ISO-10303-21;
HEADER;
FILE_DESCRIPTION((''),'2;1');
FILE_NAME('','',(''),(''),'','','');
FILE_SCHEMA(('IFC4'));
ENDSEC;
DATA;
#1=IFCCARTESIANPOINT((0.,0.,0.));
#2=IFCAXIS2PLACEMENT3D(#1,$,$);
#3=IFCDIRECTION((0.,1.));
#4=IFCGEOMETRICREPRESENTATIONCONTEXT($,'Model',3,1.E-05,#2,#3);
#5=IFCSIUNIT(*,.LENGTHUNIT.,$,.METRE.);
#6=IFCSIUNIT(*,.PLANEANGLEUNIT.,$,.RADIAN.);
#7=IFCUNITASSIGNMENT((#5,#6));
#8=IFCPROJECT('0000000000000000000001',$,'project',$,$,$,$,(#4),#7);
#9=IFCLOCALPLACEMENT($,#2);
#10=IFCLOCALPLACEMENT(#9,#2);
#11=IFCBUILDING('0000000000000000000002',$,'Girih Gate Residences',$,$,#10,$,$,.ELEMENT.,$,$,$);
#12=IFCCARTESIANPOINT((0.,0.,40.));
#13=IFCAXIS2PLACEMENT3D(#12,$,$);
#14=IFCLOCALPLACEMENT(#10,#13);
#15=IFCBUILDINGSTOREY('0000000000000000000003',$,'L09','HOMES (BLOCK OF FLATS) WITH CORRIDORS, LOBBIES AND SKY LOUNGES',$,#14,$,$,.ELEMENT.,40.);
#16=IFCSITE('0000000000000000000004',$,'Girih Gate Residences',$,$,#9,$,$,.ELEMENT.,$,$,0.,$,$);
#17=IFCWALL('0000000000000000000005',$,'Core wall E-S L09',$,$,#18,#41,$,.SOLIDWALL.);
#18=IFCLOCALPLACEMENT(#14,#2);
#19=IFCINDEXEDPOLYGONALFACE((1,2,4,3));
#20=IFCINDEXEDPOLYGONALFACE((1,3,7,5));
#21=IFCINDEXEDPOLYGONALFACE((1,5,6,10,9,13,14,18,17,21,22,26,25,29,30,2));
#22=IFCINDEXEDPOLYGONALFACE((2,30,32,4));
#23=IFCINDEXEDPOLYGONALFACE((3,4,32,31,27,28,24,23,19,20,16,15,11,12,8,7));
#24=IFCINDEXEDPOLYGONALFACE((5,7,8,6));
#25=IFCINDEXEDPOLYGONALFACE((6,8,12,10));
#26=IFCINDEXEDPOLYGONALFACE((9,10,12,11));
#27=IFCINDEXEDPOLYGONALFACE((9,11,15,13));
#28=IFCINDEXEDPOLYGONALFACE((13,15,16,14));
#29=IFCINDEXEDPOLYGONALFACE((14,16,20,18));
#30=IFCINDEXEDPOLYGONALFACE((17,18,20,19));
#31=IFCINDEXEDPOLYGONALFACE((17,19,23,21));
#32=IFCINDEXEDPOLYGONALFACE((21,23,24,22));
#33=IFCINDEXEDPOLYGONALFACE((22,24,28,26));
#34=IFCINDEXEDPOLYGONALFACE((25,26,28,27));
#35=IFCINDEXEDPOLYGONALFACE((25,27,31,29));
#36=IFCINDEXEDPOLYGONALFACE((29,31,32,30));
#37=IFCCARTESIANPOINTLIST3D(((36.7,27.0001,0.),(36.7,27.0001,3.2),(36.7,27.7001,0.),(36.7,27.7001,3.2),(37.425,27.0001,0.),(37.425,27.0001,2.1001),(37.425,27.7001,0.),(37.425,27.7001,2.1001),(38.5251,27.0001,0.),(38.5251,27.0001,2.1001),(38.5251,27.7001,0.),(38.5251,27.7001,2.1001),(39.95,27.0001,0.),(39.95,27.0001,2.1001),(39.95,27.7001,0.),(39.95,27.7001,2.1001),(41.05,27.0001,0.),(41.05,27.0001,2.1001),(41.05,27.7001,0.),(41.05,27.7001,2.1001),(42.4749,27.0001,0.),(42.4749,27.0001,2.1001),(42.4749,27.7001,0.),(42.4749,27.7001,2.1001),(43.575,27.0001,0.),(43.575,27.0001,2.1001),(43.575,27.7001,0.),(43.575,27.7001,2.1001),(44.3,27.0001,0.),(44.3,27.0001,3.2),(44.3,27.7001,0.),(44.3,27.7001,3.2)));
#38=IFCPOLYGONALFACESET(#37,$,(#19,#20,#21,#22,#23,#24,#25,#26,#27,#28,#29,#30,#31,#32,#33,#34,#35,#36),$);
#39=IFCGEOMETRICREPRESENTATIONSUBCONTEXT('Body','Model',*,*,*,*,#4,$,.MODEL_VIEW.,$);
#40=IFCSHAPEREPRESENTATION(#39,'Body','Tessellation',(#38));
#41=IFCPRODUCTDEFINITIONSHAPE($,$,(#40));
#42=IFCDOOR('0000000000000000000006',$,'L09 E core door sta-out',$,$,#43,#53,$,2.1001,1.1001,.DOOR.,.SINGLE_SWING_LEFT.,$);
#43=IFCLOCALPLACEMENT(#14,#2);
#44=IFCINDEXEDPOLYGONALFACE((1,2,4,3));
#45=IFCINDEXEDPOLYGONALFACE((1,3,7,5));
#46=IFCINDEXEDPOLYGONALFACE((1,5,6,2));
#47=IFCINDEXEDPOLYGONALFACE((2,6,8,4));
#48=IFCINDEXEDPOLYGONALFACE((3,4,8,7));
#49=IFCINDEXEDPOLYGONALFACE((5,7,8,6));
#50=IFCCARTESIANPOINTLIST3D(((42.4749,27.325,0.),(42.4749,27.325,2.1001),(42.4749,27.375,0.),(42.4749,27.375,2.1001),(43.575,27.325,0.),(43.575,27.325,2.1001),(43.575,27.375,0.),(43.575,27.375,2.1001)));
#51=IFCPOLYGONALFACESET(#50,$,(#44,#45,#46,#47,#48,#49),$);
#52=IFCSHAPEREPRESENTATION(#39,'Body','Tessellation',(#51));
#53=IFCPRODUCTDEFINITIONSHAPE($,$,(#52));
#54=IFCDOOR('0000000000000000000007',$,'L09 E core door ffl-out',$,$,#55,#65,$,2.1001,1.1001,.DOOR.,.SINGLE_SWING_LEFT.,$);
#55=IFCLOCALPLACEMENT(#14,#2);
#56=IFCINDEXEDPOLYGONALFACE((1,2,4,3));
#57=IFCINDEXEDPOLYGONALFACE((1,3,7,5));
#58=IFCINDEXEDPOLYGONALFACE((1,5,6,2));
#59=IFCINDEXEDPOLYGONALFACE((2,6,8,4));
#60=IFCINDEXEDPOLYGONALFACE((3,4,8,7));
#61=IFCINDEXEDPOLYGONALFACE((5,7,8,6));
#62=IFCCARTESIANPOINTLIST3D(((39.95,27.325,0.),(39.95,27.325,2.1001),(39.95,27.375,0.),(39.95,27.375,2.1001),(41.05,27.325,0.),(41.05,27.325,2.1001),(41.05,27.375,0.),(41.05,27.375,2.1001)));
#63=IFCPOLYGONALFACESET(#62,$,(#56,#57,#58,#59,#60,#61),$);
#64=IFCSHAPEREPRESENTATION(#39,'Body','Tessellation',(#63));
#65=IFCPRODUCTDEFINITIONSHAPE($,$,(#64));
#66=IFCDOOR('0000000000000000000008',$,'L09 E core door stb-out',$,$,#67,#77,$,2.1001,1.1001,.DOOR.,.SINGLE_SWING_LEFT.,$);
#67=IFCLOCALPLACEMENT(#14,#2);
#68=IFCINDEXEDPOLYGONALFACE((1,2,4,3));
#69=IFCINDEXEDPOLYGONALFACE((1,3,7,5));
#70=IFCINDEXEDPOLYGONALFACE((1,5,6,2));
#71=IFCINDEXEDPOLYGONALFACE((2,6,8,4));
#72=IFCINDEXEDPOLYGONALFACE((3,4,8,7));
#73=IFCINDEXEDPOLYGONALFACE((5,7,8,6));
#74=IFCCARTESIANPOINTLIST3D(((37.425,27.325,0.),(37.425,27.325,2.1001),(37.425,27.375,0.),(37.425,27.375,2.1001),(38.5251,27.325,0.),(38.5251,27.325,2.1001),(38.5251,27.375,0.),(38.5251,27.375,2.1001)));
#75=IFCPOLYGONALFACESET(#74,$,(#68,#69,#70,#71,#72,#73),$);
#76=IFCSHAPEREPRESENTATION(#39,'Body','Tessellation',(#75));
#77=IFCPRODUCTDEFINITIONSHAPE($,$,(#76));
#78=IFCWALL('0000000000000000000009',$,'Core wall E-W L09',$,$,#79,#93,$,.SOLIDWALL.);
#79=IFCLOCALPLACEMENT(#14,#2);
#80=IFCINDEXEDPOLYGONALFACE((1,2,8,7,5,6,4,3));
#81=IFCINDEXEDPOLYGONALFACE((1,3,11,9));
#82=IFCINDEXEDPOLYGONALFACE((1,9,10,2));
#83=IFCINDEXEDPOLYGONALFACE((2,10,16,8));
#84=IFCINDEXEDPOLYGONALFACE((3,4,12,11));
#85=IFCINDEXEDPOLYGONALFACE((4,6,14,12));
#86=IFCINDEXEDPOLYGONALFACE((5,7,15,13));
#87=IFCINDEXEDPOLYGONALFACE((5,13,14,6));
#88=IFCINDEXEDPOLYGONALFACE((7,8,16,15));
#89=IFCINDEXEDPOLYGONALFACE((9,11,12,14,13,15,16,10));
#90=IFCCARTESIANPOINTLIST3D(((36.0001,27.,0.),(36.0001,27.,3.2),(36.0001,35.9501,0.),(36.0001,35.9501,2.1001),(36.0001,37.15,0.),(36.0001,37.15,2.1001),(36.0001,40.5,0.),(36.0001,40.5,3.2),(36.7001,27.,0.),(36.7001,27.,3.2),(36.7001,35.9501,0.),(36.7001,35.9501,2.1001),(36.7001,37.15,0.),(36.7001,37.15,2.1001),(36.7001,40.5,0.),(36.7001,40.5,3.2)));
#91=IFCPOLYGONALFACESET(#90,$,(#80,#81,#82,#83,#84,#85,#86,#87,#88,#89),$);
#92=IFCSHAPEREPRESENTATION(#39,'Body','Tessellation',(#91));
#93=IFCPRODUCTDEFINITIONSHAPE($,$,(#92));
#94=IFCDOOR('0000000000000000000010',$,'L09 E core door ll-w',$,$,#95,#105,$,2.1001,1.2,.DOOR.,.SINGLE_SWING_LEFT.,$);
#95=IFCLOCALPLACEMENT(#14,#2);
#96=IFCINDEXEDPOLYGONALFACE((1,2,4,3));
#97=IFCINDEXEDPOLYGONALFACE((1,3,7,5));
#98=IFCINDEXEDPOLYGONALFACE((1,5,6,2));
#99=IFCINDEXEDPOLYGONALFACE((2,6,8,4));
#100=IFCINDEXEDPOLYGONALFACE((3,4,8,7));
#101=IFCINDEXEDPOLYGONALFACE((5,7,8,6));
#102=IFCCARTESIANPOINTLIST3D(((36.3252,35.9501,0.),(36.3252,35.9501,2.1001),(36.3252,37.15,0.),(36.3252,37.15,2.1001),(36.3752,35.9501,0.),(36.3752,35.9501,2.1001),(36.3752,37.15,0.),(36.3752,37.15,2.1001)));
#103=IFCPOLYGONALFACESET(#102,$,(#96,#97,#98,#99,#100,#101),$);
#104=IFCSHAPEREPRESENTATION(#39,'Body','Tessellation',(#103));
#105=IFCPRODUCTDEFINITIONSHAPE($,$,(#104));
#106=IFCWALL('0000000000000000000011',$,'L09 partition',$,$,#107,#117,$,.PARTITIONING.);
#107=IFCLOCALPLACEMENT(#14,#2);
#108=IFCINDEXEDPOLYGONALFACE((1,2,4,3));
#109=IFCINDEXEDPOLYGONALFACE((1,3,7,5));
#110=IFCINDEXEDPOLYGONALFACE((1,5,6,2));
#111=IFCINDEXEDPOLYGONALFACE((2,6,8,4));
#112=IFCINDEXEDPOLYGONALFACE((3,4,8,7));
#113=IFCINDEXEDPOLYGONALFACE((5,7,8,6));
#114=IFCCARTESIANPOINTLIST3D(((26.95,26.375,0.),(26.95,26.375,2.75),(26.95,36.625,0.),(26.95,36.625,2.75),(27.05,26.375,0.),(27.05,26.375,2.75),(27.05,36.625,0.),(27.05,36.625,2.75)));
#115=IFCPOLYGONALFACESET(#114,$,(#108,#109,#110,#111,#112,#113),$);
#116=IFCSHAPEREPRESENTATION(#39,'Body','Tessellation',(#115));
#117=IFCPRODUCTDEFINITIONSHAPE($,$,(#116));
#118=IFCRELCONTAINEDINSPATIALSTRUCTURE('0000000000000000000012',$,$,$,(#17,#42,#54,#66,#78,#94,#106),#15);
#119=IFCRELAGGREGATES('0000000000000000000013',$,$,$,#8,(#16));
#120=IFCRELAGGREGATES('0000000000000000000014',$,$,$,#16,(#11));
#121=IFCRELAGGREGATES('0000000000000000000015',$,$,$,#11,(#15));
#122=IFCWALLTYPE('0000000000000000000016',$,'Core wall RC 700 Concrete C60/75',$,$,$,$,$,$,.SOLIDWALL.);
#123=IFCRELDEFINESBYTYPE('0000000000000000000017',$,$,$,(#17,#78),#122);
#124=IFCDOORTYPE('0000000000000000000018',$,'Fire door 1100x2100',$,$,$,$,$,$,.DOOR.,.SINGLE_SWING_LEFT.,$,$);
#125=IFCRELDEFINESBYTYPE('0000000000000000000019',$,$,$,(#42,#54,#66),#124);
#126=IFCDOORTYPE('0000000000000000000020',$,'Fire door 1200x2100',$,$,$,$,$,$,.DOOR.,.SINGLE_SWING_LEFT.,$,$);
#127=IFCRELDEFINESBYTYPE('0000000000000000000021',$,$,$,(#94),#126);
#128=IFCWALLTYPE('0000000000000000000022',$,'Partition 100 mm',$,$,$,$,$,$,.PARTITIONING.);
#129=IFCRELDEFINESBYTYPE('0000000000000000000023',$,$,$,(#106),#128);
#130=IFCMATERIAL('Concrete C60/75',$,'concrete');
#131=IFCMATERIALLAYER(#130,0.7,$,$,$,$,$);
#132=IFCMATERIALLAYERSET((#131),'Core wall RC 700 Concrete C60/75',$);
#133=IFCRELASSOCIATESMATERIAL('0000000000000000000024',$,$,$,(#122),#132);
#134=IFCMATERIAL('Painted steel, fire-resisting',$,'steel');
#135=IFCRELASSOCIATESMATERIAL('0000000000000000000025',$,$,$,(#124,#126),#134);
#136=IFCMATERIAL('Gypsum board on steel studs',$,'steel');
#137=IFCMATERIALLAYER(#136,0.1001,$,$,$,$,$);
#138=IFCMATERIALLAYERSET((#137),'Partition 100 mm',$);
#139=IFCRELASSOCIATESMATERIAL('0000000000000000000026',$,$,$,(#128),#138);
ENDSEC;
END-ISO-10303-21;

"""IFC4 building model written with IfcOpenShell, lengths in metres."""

from ifc_helpers import new_model, si_unit, direction, frame, frame_2d, origin, place, context, subcontext, project, spatial, rectangle, extrude, material, layer, layer_set, type_object, element, fill, save


model = new_model("IFC4")

# Units and contexts
model_context = context("Model", 3, precision=1e-05, world=origin(), true_north=direction((0.0, 1.0)))
body_context = subcontext(model_context, "Body", "Model", "MODEL_VIEW")
ifc_project = project(units=[si_unit("LENGTHUNIT", "METRE"), si_unit("PLANEANGLEUNIT", "RADIAN")], contexts=[model_context])

# Site, building, storey
site_placement = place(None, origin())
site = spatial("IfcSite", under=ifc_project, at=site_placement, Name="Girih Gate Residences", CompositionType="ELEMENT", RefElevation=0.0)
building_placement = place(site_placement, origin())
building = spatial("IfcBuilding", under=site, at=building_placement, Name="Girih Gate Residences", CompositionType="ELEMENT")
storey_placement = place(building_placement, frame((0.0, 0.0, 40.0)))
storey = spatial("IfcBuildingStorey", under=building, at=storey_placement, Name="L09", Description="HOMES (BLOCK OF FLATS) WITH CORRIDORS, LOBBIES AND SKY LOUNGES", CompositionType="ELEMENT", Elevation=40.0)

# Shared definitions
ifc_material_1 = material(Name="Concrete C60/75", Category="concrete")

# Shared definitions
ifc_material_2 = material(Name="Gypsum board on steel studs", Category="steel")

# Wall, openings, doors
ifc_layer_1 = layer(ifc_material_1, 0.7)
ifc_layer_set_1 = layer_set([ifc_layer_1], Name="Core wall RC 700 Concrete C60/75")
wall_type_1 = type_object("IfcWallType", Name="Core wall RC 700 Concrete C60/75", PredefinedType="SOLIDWALL", material=ifc_layer_set_1)
wall_1_placement = place(storey_placement, frame((36.7, 27.3501, 0.0), z_axis=(0.0, 0.0, 1.0), x_axis=(1.0, 0.0, 0.0)))
wall_1 = element("IfcWall", 1, at=wall_1_placement, inside=storey, type_object=wall_type_1, Name="Core wall E-S L09", PredefinedType="SOLIDWALL", context=body_context, shape_type="SweptSolid", body=[
    extrude(rectangle(XDim=7.6001, YDim=0.7, at=frame_2d((3.8, 0.0))), origin(), (0.0, 0.0, 1.0), 3.2),
])
opening_1_placement = place(wall_1_placement, frame((5.7749, 0.0, 0.0)))
opening_1 = element("IfcOpeningElement", 2, at=opening_1_placement, cuts=wall_1, PredefinedType="OPENING", context=body_context, shape_type="SweptSolid", body=[
    extrude(rectangle(XDim=1.1001, YDim=2.1001, at=frame_2d((0.55, 1.05))), frame((0.0, 0.3599, 0.0), z_axis=(0.0, -1.0, 0.0), x_axis=(1.0, 0.0, 0.0)), (0.0, 0.0, 1.0), 0.72),
])
opening_2_placement = place(wall_1_placement, frame((3.25, 0.0, 0.0)))
opening_2 = element("IfcOpeningElement", 3, at=opening_2_placement, cuts=wall_1, PredefinedType="OPENING", context=body_context, shape_type="SweptSolid", body=[
    extrude(rectangle(XDim=1.1001, YDim=2.1001, at=frame_2d((0.55, 1.05))), frame((0.0, 0.3599, 0.0), z_axis=(0.0, -1.0, 0.0), x_axis=(1.0, 0.0, 0.0)), (0.0, 0.0, 1.0), 0.72),
])
opening_3_placement = place(wall_1_placement, frame((0.7251, 0.0, 0.0)))
opening_3 = element("IfcOpeningElement", 4, at=opening_3_placement, cuts=wall_1, PredefinedType="OPENING", context=body_context, shape_type="SweptSolid", body=[
    extrude(rectangle(XDim=1.1001, YDim=2.1001, at=frame_2d((0.55, 1.05))), frame((0.0, 0.3599, 0.0), z_axis=(0.0, -1.0, 0.0), x_axis=(1.0, 0.0, 0.0)), (0.0, 0.0, 1.0), 0.72),
])
ifc_material_3 = material(Name="Painted steel, fire-resisting", Category="steel")
door_type_1 = type_object("IfcDoorType", Name="Fire door 1100x2100", OperationType="SINGLE_SWING_LEFT", PredefinedType="DOOR", material=ifc_material_3)
door_1_placement = place(opening_1_placement, origin())
door_1 = element("IfcDoor", 5, at=door_1_placement, inside=storey, type_object=door_type_1, Name="L09 E core door sta-out", OperationType="SINGLE_SWING_LEFT", OverallHeight=2.1001, OverallWidth=1.1001, PredefinedType="DOOR", context=body_context, shape_type="SweptSolid", body=[
    extrude(rectangle(XDim=1.1001, YDim=2.1001, at=frame_2d((0.55, 1.05))), frame((0.0, 0.0249, 0.0), z_axis=(0.0, -1.0, 0.0), x_axis=(1.0, 0.0, 0.0)), (0.0, 0.0, 1.0), 0.05),
])
fill(opening_1, door_1)
door_2_placement = place(opening_2_placement, origin())
door_2 = element("IfcDoor", 6, at=door_2_placement, inside=storey, type_object=door_type_1, Name="L09 E core door ffl-out", OperationType="SINGLE_SWING_LEFT", OverallHeight=2.1001, OverallWidth=1.1001, PredefinedType="DOOR", context=body_context, shape_type="SweptSolid", body=[
    extrude(rectangle(XDim=1.1001, YDim=2.1001, at=frame_2d((0.55, 1.05))), frame((0.0, 0.0249, 0.0), z_axis=(0.0, -1.0, 0.0), x_axis=(1.0, 0.0, 0.0)), (0.0, 0.0, 1.0), 0.05),
])
fill(opening_2, door_2)
door_3_placement = place(opening_3_placement, origin())
door_3 = element("IfcDoor", 7, at=door_3_placement, inside=storey, type_object=door_type_1, Name="L09 E core door stb-out", OperationType="SINGLE_SWING_LEFT", OverallHeight=2.1001, OverallWidth=1.1001, PredefinedType="DOOR", context=body_context, shape_type="SweptSolid", body=[
    extrude(rectangle(XDim=1.1001, YDim=2.1001, at=frame_2d((0.55, 1.05))), frame((0.0, 0.0249, 0.0), z_axis=(0.0, -1.0, 0.0), x_axis=(1.0, 0.0, 0.0)), (0.0, 0.0, 1.0), 0.05),
])
fill(opening_3, door_3)

# Wall, opening, door
wall_2_placement = place(storey_placement, frame((36.3501, 27.0, 0.0), z_axis=(0.0, 0.0, 1.0), x_axis=(0.0, 1.0, 0.0)))
wall_2 = element("IfcWall", 8, at=wall_2_placement, inside=storey, type_object=wall_type_1, Name="Core wall E-W L09", PredefinedType="SOLIDWALL", context=body_context, shape_type="SweptSolid", body=[
    extrude(rectangle(XDim=13.5, YDim=0.7, at=frame_2d((6.75, 0.0))), origin(), (0.0, 0.0, 1.0), 3.2),
])
opening_4_placement = place(wall_2_placement, frame((8.95, 0.0, 0.0)))
opening_4 = element("IfcOpeningElement", 9, at=opening_4_placement, cuts=wall_2, PredefinedType="OPENING", context=body_context, shape_type="SweptSolid", body=[
    extrude(rectangle(XDim=1.2, YDim=2.1001, at=frame_2d((0.6001, 1.05))), frame((0.0, 0.3599, 0.0), z_axis=(0.0, -1.0, 0.0), x_axis=(1.0, 0.0, 0.0)), (0.0, 0.0, 1.0), 0.72),
])
door_type_2 = type_object("IfcDoorType", Name="Fire door 1200x2100", OperationType="SINGLE_SWING_LEFT", PredefinedType="DOOR", material=ifc_material_3)
door_4_placement = place(opening_4_placement, origin())
door_4 = element("IfcDoor", 10, at=door_4_placement, inside=storey, type_object=door_type_2, Name="L09 E core door ll-w", OperationType="SINGLE_SWING_LEFT", OverallHeight=2.1001, OverallWidth=1.2, PredefinedType="DOOR", context=body_context, shape_type="SweptSolid", body=[
    extrude(rectangle(XDim=1.2, YDim=2.1001, at=frame_2d((0.6001, 1.05))), frame((0.0, 0.0249, 0.0), z_axis=(0.0, -1.0, 0.0), x_axis=(1.0, 0.0, 0.0)), (0.0, 0.0, 1.0), 0.05),
])
fill(opening_4, door_4)

# Wall
ifc_layer_2 = layer(ifc_material_2, 0.1001)
ifc_layer_set_2 = layer_set([ifc_layer_2], Name="Partition 100 mm")
wall_type_2 = type_object("IfcWallType", Name="Partition 100 mm", PredefinedType="PARTITIONING", material=ifc_layer_set_2)
wall_3_placement = place(storey_placement, frame((27.0, 26.375, 0.0), z_axis=(0.0, 0.0, 1.0), x_axis=(0.0, 1.0, 0.0)))
element("IfcWall", 11, at=wall_3_placement, inside=storey, type_object=wall_type_2, Name="L09 partition", PredefinedType="PARTITIONING", context=body_context, shape_type="SweptSolid", body=[
    extrude(rectangle(XDim=10.25, YDim=0.1001, at=frame_2d((5.125, 0.0))), origin(), (0.0, 0.0, 1.0), 2.75),
])

save(model, "model.ifc")
